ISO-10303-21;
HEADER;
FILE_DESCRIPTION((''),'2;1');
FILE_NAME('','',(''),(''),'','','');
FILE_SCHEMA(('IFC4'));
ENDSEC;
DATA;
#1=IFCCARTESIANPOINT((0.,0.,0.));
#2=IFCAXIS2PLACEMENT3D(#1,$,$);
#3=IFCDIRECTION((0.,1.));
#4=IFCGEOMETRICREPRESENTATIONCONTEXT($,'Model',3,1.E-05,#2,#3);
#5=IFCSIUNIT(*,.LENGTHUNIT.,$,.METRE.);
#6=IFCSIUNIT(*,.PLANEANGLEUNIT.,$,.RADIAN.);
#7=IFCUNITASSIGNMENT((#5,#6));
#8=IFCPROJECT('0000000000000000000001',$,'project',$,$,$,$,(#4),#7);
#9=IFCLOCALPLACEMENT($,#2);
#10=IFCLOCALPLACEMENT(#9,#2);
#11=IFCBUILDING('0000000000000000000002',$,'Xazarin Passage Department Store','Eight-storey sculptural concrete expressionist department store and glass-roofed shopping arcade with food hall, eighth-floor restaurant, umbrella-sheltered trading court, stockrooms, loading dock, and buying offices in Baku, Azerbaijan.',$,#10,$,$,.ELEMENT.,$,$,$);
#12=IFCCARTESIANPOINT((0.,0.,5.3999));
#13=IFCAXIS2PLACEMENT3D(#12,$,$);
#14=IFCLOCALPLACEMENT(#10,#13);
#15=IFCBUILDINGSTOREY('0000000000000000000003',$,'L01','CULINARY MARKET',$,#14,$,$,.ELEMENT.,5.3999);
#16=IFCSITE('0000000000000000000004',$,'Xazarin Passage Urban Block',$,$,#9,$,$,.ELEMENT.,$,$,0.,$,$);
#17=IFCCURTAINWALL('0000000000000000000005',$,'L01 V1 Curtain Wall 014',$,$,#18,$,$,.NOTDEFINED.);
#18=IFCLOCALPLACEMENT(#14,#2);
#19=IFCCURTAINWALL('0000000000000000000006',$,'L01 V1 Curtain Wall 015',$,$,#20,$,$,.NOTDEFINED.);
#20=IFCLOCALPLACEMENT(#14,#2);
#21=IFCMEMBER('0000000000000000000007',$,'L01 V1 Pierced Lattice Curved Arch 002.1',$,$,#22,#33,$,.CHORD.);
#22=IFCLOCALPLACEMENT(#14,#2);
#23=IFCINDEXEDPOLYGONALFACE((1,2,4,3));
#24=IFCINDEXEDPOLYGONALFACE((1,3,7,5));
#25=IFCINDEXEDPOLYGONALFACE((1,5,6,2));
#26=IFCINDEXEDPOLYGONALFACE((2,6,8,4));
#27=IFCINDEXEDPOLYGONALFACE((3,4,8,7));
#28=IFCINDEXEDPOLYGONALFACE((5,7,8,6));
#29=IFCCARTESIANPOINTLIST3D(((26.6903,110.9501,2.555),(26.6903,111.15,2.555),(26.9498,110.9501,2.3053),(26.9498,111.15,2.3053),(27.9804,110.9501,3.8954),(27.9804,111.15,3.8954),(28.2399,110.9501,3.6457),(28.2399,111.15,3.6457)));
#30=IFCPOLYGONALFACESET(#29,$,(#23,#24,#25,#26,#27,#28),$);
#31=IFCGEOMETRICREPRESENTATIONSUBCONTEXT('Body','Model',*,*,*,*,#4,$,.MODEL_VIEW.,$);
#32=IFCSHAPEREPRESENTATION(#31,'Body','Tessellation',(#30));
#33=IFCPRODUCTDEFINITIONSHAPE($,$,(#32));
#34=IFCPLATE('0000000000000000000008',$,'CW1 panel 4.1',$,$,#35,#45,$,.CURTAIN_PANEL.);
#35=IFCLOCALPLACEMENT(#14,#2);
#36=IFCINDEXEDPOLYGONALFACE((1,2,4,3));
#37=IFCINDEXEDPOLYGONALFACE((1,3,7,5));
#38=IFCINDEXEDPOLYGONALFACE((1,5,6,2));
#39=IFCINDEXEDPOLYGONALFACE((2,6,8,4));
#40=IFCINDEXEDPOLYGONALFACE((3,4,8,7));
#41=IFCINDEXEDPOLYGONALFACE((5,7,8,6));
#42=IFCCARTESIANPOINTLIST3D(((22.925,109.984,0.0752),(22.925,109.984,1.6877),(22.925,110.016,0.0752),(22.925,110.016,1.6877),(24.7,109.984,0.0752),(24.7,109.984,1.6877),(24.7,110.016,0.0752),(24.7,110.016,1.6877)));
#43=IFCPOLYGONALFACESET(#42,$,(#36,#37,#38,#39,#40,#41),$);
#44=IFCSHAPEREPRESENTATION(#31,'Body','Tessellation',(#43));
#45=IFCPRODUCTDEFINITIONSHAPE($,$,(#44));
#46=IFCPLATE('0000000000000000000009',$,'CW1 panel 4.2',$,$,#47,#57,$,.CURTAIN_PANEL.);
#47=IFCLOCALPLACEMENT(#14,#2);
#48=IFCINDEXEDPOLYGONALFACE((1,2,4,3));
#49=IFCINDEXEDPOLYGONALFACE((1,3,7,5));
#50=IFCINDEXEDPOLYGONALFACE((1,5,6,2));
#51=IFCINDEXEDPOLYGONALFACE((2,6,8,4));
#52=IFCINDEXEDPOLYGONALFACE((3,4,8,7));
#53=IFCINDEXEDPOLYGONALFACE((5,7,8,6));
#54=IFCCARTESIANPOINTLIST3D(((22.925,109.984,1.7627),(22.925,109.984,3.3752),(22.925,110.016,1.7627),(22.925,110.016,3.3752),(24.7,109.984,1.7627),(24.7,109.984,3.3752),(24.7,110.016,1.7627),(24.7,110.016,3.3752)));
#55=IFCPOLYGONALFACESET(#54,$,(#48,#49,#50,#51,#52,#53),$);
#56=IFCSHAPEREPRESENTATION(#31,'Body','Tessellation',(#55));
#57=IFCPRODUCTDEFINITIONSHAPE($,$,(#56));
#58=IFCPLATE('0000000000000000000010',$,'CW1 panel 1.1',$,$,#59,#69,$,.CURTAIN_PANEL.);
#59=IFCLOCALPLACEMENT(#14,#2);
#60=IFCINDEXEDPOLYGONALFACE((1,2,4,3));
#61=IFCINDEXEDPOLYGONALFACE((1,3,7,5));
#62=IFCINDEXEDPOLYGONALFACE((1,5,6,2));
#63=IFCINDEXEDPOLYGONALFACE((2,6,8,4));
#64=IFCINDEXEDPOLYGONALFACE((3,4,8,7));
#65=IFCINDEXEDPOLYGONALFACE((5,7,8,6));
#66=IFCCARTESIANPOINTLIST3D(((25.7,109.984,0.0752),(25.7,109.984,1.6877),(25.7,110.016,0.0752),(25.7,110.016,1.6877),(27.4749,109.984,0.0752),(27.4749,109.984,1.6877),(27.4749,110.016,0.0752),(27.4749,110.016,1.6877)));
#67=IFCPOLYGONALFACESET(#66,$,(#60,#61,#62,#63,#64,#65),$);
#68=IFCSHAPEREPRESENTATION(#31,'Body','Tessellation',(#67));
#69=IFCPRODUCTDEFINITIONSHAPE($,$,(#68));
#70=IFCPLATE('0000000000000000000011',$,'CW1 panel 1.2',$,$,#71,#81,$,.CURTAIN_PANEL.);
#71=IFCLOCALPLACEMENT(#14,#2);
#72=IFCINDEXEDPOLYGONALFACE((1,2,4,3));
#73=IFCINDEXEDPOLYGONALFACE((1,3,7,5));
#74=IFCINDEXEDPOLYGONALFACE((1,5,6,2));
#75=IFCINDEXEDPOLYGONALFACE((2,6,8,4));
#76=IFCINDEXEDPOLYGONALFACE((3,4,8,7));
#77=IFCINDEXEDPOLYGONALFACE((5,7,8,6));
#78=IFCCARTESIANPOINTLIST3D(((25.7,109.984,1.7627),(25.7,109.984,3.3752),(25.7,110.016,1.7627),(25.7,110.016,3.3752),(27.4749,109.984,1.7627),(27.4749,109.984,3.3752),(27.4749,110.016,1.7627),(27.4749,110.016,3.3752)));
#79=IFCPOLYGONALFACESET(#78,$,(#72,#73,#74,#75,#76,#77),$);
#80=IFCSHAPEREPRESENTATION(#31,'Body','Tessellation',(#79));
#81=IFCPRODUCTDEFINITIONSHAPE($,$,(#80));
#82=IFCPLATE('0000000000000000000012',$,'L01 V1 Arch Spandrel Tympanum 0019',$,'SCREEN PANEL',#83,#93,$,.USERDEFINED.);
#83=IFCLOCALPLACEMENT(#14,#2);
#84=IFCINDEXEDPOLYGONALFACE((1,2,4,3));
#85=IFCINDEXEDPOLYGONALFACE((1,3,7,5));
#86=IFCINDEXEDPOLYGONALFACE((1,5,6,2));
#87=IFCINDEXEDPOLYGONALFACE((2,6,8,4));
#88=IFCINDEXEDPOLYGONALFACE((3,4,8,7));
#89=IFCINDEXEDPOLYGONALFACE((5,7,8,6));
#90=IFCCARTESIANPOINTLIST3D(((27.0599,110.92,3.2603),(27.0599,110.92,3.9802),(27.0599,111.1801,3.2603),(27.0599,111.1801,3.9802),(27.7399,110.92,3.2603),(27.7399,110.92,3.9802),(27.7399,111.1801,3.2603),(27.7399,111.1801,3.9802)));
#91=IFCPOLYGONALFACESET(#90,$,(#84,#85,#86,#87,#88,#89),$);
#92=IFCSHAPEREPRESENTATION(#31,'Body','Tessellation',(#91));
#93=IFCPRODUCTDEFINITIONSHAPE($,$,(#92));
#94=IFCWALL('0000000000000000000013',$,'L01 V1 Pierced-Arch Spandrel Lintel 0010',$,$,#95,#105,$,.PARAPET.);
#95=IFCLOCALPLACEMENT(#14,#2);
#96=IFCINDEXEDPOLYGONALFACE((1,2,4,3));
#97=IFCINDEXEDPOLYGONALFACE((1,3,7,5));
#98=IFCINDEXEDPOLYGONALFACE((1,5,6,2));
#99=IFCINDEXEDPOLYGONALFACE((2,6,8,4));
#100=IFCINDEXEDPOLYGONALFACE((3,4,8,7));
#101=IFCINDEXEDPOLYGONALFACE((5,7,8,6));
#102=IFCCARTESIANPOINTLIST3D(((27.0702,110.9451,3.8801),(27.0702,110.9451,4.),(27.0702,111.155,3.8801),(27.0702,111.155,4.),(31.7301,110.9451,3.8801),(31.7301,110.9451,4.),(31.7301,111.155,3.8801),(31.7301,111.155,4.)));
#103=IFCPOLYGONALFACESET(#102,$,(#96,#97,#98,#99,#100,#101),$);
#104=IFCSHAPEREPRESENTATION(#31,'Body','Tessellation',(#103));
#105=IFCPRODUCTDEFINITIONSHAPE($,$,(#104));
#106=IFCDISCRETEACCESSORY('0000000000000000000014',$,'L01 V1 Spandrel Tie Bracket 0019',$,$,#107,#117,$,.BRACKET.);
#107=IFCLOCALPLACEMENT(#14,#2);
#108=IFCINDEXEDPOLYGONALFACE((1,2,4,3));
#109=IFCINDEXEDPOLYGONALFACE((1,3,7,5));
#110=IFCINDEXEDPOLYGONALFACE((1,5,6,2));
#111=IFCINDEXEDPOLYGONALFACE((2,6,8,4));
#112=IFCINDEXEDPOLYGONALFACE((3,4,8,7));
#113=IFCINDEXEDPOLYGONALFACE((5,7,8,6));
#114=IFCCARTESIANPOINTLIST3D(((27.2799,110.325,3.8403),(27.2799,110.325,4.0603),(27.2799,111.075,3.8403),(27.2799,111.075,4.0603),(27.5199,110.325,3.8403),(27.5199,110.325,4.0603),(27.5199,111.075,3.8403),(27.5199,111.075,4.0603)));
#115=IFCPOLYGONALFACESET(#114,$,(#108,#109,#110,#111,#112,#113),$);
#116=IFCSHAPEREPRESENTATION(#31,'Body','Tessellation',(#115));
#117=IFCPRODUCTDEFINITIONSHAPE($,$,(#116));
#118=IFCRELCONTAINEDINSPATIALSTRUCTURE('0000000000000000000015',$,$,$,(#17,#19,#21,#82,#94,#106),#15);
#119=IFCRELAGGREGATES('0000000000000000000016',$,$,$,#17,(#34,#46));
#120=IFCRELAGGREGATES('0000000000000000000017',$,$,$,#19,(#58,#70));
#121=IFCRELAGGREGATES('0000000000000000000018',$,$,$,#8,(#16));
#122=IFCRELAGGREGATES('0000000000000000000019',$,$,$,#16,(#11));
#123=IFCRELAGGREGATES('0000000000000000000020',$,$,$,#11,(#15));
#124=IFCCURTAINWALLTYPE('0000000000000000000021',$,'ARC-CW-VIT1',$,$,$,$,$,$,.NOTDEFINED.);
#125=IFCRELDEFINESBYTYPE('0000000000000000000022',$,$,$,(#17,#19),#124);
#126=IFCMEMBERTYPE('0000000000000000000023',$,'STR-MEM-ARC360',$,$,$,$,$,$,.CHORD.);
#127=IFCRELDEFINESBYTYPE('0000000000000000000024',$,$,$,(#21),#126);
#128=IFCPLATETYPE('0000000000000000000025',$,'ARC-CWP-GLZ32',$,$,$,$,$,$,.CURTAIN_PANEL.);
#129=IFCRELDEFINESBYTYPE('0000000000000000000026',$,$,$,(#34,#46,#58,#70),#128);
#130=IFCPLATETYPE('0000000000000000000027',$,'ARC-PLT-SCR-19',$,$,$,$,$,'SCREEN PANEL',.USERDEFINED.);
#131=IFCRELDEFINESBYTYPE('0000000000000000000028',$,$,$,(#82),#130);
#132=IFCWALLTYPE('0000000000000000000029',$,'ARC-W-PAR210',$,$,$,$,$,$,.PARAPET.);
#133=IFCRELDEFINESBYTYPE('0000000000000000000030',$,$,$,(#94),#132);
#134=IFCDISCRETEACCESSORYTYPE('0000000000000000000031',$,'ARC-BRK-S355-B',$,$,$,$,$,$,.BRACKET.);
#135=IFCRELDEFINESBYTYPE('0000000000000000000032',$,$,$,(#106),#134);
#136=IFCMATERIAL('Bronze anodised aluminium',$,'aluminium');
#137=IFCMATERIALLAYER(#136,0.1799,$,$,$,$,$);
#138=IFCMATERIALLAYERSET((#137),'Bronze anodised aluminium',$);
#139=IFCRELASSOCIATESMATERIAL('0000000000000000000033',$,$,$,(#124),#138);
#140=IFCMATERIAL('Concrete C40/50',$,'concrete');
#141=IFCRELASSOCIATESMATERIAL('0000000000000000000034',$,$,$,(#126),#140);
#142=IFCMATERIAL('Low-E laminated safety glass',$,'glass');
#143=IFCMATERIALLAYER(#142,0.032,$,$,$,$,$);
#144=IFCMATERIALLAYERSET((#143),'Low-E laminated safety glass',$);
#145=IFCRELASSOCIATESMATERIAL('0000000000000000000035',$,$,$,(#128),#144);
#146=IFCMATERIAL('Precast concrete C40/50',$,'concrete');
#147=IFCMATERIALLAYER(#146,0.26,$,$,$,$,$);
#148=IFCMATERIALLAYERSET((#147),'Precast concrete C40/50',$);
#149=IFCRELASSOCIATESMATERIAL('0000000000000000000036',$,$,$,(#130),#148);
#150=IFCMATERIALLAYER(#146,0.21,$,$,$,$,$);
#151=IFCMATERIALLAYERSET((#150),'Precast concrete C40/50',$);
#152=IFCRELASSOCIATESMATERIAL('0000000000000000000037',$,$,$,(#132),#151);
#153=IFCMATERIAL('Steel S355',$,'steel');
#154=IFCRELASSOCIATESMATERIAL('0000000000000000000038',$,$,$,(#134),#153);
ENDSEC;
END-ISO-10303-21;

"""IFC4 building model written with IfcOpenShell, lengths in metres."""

from ifc_helpers import new_model, si_unit, direction, frame, frame_2d, origin, origin_2d, place, context, subcontext, project, spatial, rectangle, extrude, material, layer, layer_set, material_profile, profile_set, type_object, element, aggregate, save


model = new_model("IFC4")

# Units and contexts
model_context = context("Model", 3, precision=1e-05, world=origin(), true_north=direction((0.0, 1.0)))
body_context = subcontext(model_context, "Body", "Model", "MODEL_VIEW")
ifc_project = project(units=[si_unit("LENGTHUNIT", "METRE"), si_unit("PLANEANGLEUNIT", "RADIAN")], contexts=[model_context])

# Site, building, storey
site_placement = place(None, origin())
site = spatial("IfcSite", under=ifc_project, at=site_placement, Name="Xazarin Passage Urban Block", CompositionType="ELEMENT", RefElevation=0.0)
building_placement = place(site_placement, origin())
building = spatial("IfcBuilding", under=site, at=building_placement, Name="Xazarin Passage Department Store", Description="Eight-storey sculptural concrete expressionist department store and glass-roofed shopping arcade with food hall, eighth-floor restaurant, umbrella-sheltered trading court, stockrooms, loading dock, and buying offices in Baku, Azerbaijan.", CompositionType="ELEMENT")
storey_placement = place(building_placement, frame((0.0, 0.0, 5.3999)))
storey = spatial("IfcBuildingStorey", under=building, at=storey_placement, Name="L01", Description="CULINARY MARKET", CompositionType="ELEMENT", Elevation=5.3999)

# Shared definitions
ifc_material_1 = material(Name="Concrete C40/50", Category="concrete")

# Curtain wall
ifc_material_2 = material(Name="Bronze anodised aluminium", Category="aluminium")
ifc_layer_1 = layer(ifc_material_2, 0.1799)
ifc_layer_set_1 = layer_set([ifc_layer_1], Name="Bronze anodised aluminium")
curtain_wall_type = type_object("IfcCurtainWallType", Name="ARC-CW-VIT1", PredefinedType="NOTDEFINED", material=ifc_layer_set_1)
curtain_wall_1_placement = place(storey_placement, origin())
curtain_wall_1 = element("IfcCurtainWall", 1, at=curtain_wall_1_placement, inside=storey, type_object=curtain_wall_type, Name="L01 V1 Curtain Wall 014", PredefinedType="NOTDEFINED")

# Curtain wall
curtain_wall_2_placement = place(storey_placement, origin())
curtain_wall_2 = element("IfcCurtainWall", 2, at=curtain_wall_2_placement, inside=storey, type_object=curtain_wall_type, Name="L01 V1 Curtain Wall 015", PredefinedType="NOTDEFINED")

# Member
ifc_material_profile_1 = material_profile(ifc_material_1, rectangle(XDim=0.2, YDim=0.3601, at=origin_2d()), Name="RC 200x360")
ifc_profile_set_1 = profile_set([ifc_material_profile_1], Name="Concrete C40/50")
member_type_1 = type_object("IfcMemberType", Name="STR-MEM-ARC360", PredefinedType="CHORD", material=ifc_profile_set_1)
member_1_placement = place(storey_placement, frame((26.8201, 111.05, 2.4302), z_axis=(0.69346, 0.0, 0.720495), x_axis=(0.0, 1.0, 0.0)))
element("IfcMember", 3, at=member_1_placement, inside=storey, type_object=member_type_1, Name="L01 V1 Pierced Lattice Curved Arch 002.1", PredefinedType="CHORD", context=body_context, shape_type="SweptSolid", body=[
    extrude(rectangle(XDim=0.2, YDim=0.3601, at=origin_2d()), origin(), (0.0, 0.0, 1.0), 1.8604),
])

# Plates
ifc_material_3 = material(Name="Low-E laminated safety glass", Category="glass")
ifc_layer_2 = layer(ifc_material_3, 0.032)
ifc_layer_set_2 = layer_set([ifc_layer_2], Name="Low-E laminated safety glass")
plate_type_1 = type_object("IfcPlateType", Name="ARC-CWP-GLZ32", PredefinedType="CURTAIN_PANEL", material=ifc_layer_set_2)
plate_1_placement = place(storey_placement, frame((23.8125, 110.0, 0.0752), z_axis=(0.0, 0.0, 1.0), x_axis=(1.0, 0.0, 0.0)))
plate_1 = element("IfcPlate", 4, at=plate_1_placement, type_object=plate_type_1, Name="CW1 panel 4.1", PredefinedType="CURTAIN_PANEL", context=body_context, shape_type="SweptSolid", body=[
    extrude(rectangle(XDim=1.7749, YDim=0.032, at=origin_2d()), origin(), (0.0, 0.0, 1.0), 1.6125),
])
plate_2_placement = place(storey_placement, frame((23.8125, 110.0, 1.7627), z_axis=(0.0, 0.0, 1.0), x_axis=(1.0, 0.0, 0.0)))
plate_2 = element("IfcPlate", 5, at=plate_2_placement, type_object=plate_type_1, Name="CW1 panel 4.2", PredefinedType="CURTAIN_PANEL", context=body_context, shape_type="SweptSolid", body=[
    extrude(rectangle(XDim=1.7749, YDim=0.032, at=origin_2d()), origin(), (0.0, 0.0, 1.0), 1.6125),
])
aggregate(curtain_wall_1, [plate_1, plate_2])
plate_3_placement = place(storey_placement, frame((26.5874, 110.0, 0.0752), z_axis=(0.0, 0.0, 1.0), x_axis=(1.0, 0.0, 0.0)))
plate_3 = element("IfcPlate", 6, at=plate_3_placement, type_object=plate_type_1, Name="CW1 panel 1.1", PredefinedType="CURTAIN_PANEL", context=body_context, shape_type="SweptSolid", body=[
    extrude(rectangle(XDim=1.7749, YDim=0.032, at=origin_2d()), origin(), (0.0, 0.0, 1.0), 1.6125),
])
plate_4_placement = place(storey_placement, frame((26.5874, 110.0, 1.7627), z_axis=(0.0, 0.0, 1.0), x_axis=(1.0, 0.0, 0.0)))
plate_4 = element("IfcPlate", 7, at=plate_4_placement, type_object=plate_type_1, Name="CW1 panel 1.2", PredefinedType="CURTAIN_PANEL", context=body_context, shape_type="SweptSolid", body=[
    extrude(rectangle(XDim=1.7749, YDim=0.032, at=origin_2d()), origin(), (0.0, 0.0, 1.0), 1.6125),
])
aggregate(curtain_wall_2, [plate_3, plate_4])
ifc_material_4 = material(Name="Precast concrete C40/50", Category="concrete")
ifc_layer_3 = layer(ifc_material_4, 0.26)
ifc_layer_set_3 = layer_set([ifc_layer_3], Name="Precast concrete C40/50")
plate_type_2 = type_object("IfcPlateType", Name="ARC-PLT-SCR-19", ElementType="SCREEN PANEL", PredefinedType="USERDEFINED", material=ifc_layer_set_3)
plate_5_placement = place(storey_placement, frame((27.3999, 111.05, 3.2603), z_axis=(0.0, 0.0, 1.0), x_axis=(1.0, 0.0, 0.0)))
element("IfcPlate", 8, at=plate_5_placement, inside=storey, type_object=plate_type_2, Name="L01 V1 Arch Spandrel Tympanum 0019", ObjectType="SCREEN PANEL", PredefinedType="USERDEFINED", context=body_context, shape_type="SweptSolid", body=[
    extrude(rectangle(XDim=0.6799, YDim=0.26, at=origin_2d()), origin(), (0.0, 0.0, 1.0), 0.72),
])

# Wall
ifc_layer_4 = layer(ifc_material_4, 0.21)
ifc_layer_set_4 = layer_set([ifc_layer_4], Name="Precast concrete C40/50")
wall_type_1 = type_object("IfcWallType", Name="ARC-W-PAR210", PredefinedType="PARAPET", material=ifc_layer_set_4)
wall_1_placement = place(storey_placement, frame((27.0701, 111.05, 3.8801), z_axis=(0.0, 0.0, 1.0), x_axis=(1.0, 0.0, 0.0)))
element("IfcWall", 9, at=wall_1_placement, inside=storey, type_object=wall_type_1, Name="L01 V1 Pierced-Arch Spandrel Lintel 0010", PredefinedType="PARAPET", context=body_context, shape_type="SweptSolid", body=[
    extrude(rectangle(XDim=4.6599, YDim=0.21, at=frame_2d((2.3301, 0.0))), origin(), (0.0, 0.0, 1.0), 0.1199),
])

# Shared definitions
ifc_material_5 = material(Name="Steel S355", Category="steel")

# Discrete accessory
discrete_accessory_type = type_object("IfcDiscreteAccessoryType", Name="ARC-BRK-S355-B", PredefinedType="BRACKET", material=ifc_material_5)
discrete_accessory_placement = place(storey_placement, frame((27.3999, 110.7, 3.8403), z_axis=(0.0, 0.0, 1.0), x_axis=(1.0, 0.0, 0.0)))
element("IfcDiscreteAccessory", 10, at=discrete_accessory_placement, inside=storey, type_object=discrete_accessory_type, Name="L01 V1 Spandrel Tie Bracket 0019", PredefinedType="BRACKET", context=body_context, shape_type="SweptSolid", body=[
    extrude(rectangle(XDim=0.24, YDim=0.75, at=origin_2d()), origin(), (0.0, 0.0, 1.0), 0.22),
])

save(model, "model.ifc")
